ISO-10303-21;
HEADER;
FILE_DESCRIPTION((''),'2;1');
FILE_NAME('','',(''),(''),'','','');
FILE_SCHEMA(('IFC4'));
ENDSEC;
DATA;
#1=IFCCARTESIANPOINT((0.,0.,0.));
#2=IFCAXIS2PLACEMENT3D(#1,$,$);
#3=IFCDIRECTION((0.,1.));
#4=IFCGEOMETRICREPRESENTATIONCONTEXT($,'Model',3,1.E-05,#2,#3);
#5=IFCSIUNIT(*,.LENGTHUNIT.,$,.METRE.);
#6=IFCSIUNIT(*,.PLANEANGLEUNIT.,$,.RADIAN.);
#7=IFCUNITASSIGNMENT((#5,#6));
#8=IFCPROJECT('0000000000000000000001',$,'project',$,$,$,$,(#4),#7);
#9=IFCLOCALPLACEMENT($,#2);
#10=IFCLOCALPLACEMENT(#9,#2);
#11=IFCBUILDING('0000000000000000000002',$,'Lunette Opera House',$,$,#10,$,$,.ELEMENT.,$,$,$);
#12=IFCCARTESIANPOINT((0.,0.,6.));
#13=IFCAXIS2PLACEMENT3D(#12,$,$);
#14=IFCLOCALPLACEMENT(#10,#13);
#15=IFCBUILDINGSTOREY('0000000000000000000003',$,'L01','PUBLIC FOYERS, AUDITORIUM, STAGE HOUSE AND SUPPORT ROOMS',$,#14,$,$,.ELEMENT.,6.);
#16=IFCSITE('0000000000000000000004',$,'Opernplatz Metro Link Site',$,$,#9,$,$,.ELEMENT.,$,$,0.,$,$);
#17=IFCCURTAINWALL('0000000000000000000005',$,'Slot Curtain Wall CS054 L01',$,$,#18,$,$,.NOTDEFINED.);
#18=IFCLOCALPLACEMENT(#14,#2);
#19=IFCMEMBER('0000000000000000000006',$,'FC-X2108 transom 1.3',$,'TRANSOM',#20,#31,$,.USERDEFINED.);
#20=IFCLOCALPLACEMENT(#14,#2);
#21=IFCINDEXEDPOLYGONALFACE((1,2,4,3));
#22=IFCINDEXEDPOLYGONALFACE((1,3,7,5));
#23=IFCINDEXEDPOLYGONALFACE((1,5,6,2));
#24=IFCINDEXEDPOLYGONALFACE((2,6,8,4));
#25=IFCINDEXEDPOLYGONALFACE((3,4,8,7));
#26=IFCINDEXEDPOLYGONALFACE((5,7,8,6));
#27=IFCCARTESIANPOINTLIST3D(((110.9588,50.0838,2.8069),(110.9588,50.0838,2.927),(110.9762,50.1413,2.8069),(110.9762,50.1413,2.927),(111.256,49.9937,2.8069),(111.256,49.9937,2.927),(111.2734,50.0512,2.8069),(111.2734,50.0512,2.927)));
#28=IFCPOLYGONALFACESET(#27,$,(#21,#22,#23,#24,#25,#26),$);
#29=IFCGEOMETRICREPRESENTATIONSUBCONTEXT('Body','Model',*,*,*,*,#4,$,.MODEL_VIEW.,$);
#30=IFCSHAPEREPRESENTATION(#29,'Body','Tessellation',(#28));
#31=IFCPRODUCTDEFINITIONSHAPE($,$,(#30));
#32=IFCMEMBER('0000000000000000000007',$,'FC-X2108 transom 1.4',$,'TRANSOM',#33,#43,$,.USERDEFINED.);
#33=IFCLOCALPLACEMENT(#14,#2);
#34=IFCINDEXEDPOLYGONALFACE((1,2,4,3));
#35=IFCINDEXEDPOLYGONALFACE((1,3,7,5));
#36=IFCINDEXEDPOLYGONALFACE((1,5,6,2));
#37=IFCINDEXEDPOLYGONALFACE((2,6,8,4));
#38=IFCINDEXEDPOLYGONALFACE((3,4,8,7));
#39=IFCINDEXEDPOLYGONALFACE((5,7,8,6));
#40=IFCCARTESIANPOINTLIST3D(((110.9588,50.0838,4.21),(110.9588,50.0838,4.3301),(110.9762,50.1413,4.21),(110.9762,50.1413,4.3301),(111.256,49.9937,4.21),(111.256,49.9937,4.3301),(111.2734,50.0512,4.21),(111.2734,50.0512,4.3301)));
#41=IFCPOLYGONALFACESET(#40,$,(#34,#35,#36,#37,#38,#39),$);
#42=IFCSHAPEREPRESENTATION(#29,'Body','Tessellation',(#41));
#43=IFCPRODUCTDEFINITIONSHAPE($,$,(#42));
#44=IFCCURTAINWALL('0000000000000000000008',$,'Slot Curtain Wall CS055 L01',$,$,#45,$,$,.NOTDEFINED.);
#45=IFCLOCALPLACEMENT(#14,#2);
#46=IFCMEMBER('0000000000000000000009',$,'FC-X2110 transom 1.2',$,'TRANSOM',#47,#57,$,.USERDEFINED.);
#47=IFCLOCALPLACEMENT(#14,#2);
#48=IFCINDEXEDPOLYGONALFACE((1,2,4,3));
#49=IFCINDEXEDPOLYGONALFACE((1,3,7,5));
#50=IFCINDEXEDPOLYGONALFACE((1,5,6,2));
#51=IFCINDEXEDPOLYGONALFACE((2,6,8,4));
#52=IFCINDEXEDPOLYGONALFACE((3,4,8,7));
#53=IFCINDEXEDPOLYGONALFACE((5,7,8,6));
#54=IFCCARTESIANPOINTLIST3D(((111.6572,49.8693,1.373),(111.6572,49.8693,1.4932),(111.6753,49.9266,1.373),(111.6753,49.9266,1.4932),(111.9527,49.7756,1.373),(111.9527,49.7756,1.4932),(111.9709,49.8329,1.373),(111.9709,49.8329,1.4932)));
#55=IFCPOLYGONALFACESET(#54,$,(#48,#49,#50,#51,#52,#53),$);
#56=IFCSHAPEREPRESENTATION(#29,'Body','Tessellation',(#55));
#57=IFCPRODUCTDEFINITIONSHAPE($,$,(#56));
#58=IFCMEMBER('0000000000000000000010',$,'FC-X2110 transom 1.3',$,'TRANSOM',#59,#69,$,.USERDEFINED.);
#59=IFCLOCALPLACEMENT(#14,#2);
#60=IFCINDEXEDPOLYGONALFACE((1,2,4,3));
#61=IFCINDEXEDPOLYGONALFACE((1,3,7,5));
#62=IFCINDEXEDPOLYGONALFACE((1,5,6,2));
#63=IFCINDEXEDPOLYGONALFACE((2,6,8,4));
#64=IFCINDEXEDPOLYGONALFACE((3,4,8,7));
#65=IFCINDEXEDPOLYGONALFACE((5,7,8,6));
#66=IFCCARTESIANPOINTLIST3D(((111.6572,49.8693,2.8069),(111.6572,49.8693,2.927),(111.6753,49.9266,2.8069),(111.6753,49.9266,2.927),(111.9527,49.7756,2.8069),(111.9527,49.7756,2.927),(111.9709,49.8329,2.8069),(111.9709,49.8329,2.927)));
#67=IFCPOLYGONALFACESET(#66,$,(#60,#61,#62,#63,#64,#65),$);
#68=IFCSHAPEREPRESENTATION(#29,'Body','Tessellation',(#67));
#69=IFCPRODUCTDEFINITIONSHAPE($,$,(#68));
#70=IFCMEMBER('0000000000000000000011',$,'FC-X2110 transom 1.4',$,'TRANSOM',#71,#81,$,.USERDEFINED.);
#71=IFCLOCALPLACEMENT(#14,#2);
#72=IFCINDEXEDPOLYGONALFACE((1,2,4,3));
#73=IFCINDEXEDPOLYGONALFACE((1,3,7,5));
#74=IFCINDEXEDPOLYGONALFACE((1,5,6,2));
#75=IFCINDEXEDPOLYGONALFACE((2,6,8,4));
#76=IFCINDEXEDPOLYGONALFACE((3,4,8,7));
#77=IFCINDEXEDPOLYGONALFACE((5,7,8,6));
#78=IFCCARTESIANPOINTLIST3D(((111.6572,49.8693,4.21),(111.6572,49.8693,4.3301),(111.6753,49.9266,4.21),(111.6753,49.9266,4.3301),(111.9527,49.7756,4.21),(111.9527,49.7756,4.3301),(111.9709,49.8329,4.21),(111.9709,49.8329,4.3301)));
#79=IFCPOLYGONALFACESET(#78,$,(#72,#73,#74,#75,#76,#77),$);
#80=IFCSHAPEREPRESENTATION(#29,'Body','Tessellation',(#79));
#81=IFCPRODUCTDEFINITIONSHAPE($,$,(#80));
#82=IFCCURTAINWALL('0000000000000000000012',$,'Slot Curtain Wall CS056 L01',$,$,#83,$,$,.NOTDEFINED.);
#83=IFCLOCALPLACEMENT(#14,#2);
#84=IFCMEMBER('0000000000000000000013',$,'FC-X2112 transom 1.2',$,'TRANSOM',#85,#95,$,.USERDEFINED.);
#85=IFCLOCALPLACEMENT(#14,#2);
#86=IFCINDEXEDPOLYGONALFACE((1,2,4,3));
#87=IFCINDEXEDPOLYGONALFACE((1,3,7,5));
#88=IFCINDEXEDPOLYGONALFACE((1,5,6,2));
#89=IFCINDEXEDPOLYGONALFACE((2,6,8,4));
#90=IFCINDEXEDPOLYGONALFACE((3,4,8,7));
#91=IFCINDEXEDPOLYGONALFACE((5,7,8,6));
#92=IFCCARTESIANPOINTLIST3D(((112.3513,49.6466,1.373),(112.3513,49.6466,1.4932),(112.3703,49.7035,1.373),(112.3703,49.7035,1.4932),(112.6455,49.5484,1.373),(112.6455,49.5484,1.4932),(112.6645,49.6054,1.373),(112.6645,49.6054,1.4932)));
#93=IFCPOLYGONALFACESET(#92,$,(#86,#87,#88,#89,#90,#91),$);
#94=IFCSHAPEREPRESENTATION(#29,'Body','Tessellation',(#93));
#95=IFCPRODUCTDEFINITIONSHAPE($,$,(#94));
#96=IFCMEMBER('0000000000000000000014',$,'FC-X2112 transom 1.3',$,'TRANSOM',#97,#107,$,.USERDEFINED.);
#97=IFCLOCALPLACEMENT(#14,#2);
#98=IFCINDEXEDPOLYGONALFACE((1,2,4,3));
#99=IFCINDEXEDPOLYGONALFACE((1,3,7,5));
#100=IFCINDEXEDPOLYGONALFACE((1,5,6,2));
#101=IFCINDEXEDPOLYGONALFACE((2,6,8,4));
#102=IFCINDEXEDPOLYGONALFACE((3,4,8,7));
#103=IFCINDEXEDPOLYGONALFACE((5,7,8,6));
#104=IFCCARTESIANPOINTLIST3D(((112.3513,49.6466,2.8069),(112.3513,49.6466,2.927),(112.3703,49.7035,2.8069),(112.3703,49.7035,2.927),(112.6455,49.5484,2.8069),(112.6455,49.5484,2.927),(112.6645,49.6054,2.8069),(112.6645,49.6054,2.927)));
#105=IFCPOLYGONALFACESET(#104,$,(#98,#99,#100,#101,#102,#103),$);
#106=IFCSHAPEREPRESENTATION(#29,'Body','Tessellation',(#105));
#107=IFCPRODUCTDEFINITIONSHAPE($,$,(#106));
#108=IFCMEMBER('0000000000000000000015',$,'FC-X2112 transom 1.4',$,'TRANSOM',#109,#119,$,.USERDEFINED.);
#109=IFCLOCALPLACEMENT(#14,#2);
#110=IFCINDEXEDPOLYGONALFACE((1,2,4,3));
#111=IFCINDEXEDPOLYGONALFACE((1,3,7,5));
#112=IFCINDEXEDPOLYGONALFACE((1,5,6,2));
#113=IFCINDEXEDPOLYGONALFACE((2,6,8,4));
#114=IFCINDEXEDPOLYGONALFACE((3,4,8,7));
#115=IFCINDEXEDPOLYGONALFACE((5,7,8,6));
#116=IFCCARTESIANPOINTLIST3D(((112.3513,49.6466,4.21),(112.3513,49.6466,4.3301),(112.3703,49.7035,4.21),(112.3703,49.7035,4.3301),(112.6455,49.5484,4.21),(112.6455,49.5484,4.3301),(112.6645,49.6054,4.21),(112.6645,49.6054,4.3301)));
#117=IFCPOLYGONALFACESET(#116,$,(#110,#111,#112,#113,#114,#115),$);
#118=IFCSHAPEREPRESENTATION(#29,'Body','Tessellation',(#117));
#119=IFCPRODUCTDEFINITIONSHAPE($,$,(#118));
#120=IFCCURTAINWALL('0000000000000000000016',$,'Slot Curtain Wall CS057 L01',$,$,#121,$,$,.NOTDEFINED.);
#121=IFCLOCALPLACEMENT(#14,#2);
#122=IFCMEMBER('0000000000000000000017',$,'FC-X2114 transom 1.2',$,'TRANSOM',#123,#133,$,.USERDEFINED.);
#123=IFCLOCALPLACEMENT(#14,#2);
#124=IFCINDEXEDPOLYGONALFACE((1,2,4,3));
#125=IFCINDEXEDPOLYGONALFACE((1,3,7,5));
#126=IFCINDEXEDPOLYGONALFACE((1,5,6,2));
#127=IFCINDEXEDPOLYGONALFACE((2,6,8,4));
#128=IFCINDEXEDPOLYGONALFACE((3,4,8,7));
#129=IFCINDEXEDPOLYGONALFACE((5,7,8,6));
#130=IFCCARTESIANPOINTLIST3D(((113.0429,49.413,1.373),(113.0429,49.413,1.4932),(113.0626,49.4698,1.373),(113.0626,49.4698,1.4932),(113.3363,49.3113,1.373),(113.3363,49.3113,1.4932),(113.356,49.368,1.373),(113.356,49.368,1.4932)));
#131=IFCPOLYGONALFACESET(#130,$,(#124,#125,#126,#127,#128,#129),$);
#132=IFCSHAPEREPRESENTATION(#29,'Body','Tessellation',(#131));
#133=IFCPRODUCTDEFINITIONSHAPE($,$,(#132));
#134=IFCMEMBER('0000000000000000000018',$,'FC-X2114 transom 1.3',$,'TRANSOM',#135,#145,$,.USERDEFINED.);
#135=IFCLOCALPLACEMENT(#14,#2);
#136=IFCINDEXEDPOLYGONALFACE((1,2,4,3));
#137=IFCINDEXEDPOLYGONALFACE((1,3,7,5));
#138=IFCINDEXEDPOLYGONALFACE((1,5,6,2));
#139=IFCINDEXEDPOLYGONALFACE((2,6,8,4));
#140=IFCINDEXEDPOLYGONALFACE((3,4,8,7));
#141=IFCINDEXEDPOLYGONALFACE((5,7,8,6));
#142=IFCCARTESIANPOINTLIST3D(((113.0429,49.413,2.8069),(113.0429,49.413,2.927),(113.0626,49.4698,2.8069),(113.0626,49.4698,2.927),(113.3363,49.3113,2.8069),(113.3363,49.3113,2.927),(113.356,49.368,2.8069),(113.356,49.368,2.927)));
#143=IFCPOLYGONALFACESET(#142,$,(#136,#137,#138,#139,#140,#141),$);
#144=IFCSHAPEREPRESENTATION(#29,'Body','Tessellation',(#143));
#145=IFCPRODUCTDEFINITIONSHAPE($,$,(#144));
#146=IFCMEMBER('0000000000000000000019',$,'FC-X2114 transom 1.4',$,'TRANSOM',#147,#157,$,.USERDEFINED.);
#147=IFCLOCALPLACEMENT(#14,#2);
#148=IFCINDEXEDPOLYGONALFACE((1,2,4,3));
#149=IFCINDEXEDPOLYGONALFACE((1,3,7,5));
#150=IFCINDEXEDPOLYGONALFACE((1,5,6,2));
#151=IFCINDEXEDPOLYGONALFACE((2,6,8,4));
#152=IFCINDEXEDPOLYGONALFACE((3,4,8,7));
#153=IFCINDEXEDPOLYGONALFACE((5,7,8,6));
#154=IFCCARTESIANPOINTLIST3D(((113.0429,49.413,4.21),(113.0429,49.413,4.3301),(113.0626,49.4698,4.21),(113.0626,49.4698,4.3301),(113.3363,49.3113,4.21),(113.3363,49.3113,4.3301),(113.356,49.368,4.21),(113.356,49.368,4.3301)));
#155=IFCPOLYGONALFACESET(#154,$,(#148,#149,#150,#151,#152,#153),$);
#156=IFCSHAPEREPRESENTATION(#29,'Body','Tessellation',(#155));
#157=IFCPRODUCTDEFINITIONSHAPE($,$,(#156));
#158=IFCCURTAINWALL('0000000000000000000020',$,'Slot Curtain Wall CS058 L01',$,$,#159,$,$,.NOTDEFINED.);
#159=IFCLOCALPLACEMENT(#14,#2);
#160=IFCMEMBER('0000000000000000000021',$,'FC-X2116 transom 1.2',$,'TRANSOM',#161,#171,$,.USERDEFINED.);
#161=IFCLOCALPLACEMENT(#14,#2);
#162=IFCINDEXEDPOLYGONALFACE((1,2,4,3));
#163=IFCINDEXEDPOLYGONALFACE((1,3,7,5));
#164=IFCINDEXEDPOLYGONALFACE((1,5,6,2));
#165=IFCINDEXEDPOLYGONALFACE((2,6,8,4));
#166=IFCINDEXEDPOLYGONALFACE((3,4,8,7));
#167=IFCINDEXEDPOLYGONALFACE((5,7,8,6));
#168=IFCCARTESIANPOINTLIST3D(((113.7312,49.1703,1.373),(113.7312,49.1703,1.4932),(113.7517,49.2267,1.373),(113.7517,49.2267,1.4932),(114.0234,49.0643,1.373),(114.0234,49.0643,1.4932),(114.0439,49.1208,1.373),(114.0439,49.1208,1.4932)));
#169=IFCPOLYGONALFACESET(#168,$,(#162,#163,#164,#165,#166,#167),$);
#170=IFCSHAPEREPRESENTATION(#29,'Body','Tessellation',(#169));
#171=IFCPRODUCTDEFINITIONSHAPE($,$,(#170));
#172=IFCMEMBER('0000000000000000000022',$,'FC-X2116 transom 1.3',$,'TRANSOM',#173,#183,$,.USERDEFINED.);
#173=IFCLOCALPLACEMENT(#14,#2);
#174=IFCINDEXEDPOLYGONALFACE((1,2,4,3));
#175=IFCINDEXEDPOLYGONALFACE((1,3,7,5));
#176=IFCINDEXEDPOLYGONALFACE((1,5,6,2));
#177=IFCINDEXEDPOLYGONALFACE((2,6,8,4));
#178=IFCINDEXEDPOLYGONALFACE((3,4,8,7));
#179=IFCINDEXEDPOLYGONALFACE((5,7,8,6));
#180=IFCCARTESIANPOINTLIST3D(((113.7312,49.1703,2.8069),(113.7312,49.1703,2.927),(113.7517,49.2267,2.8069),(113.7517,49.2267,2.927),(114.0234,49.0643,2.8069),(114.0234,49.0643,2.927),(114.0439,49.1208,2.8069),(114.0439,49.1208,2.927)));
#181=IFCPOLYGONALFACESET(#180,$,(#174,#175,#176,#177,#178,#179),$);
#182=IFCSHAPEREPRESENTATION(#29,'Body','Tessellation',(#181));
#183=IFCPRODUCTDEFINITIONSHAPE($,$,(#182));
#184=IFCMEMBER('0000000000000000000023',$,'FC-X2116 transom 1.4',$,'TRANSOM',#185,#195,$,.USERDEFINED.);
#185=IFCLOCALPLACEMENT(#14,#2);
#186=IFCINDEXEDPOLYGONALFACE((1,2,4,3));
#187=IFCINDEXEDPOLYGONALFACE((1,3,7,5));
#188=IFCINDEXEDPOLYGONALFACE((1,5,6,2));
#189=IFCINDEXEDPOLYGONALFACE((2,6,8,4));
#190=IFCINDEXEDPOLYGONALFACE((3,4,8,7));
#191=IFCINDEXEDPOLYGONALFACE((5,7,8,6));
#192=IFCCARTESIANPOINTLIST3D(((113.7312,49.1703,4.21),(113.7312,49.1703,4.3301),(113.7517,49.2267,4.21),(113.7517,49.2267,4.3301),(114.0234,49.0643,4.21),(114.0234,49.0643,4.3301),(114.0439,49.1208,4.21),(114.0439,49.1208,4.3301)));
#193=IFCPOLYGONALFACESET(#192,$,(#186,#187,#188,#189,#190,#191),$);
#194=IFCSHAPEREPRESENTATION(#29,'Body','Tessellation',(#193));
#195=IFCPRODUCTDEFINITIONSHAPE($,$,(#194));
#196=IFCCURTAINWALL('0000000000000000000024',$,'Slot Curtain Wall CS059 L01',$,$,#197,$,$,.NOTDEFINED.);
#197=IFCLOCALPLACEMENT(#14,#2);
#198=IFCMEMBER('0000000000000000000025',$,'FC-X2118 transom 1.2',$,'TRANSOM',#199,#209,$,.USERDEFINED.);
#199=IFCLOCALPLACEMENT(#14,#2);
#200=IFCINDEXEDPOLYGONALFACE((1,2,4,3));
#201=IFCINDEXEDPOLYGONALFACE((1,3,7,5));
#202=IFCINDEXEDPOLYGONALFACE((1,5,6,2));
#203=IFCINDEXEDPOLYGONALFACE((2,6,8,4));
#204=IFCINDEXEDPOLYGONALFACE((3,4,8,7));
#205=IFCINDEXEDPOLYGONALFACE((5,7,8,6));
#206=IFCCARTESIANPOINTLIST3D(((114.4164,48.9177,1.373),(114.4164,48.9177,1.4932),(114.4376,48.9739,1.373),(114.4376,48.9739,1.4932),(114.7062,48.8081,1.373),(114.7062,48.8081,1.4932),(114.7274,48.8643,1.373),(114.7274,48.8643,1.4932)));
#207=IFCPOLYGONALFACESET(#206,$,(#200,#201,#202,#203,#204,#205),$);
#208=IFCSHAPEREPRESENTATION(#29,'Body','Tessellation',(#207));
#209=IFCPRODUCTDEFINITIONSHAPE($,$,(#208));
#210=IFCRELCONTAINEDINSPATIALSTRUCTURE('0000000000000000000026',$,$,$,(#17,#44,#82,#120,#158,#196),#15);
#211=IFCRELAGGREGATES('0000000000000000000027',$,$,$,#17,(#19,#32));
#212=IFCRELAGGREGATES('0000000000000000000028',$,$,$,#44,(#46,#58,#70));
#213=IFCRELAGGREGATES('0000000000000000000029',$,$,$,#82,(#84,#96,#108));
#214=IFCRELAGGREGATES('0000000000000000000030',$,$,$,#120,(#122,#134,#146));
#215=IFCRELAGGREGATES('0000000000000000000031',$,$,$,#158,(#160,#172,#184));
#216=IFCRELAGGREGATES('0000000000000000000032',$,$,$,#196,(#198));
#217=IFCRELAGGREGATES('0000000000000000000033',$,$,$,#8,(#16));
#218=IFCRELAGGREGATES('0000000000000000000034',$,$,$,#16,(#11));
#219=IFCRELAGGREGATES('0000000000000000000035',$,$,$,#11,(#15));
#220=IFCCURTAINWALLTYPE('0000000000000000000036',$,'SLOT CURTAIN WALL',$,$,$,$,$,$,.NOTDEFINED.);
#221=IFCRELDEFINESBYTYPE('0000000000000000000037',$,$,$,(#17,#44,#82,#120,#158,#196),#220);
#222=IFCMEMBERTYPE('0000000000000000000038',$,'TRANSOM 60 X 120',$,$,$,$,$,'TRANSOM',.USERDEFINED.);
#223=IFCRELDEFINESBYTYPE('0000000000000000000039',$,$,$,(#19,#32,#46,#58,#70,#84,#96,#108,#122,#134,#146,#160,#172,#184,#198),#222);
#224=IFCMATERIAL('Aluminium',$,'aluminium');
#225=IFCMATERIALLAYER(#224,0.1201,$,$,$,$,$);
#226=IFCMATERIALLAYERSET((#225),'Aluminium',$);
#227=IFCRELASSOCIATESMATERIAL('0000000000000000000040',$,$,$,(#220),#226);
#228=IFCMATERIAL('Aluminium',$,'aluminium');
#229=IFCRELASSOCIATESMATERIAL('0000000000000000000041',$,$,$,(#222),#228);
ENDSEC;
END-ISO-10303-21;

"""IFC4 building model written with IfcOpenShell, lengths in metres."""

from ifc_helpers import new_model, si_unit, direction, frame, origin, origin_2d, place, context, subcontext, project, spatial, rectangle, extrude, material, layer, layer_set, material_profile, profile_set, type_object, element, aggregate, save


model = new_model("IFC4")

# Units and contexts
model_context = context("Model", 3, precision=1e-05, world=origin(), true_north=direction((0.0, 1.0)))
body_context = subcontext(model_context, "Body", "Model", "MODEL_VIEW")
ifc_project = project(units=[si_unit("LENGTHUNIT", "METRE"), si_unit("PLANEANGLEUNIT", "RADIAN")], contexts=[model_context])

# Site, building, storey
site_placement = place(None, origin())
site = spatial("IfcSite", under=ifc_project, at=site_placement, Name="Opernplatz Metro Link Site", CompositionType="ELEMENT", RefElevation=0.0)
building_placement = place(site_placement, origin())
building = spatial("IfcBuilding", under=site, at=building_placement, Name="Lunette Opera House", CompositionType="ELEMENT")
storey_placement = place(building_placement, frame((0.0, 0.0, 6.0)))
storey = spatial("IfcBuildingStorey", under=building, at=storey_placement, Name="L01", Description="PUBLIC FOYERS, AUDITORIUM, STAGE HOUSE AND SUPPORT ROOMS", CompositionType="ELEMENT", Elevation=6.0)

# Curtain walls, members
ifc_material_1 = material(Name="Aluminium", Category="aluminium")
ifc_layer_1 = layer(ifc_material_1, 0.1201)
ifc_layer_set_1 = layer_set([ifc_layer_1], Name="Aluminium")
curtain_wall_type = type_object("IfcCurtainWallType", Name="SLOT CURTAIN WALL", PredefinedType="NOTDEFINED", material=ifc_layer_set_1)
curtain_wall_1_placement = place(storey_placement, origin())
curtain_wall_1 = element("IfcCurtainWall", 1, at=curtain_wall_1_placement, inside=storey, type_object=curtain_wall_type, Name="Slot Curtain Wall CS054 L01", PredefinedType="NOTDEFINED")
ifc_material_2 = material(Name="Aluminium", Category="aluminium")
ifc_material_profile = material_profile(ifc_material_2, rectangle(XDim=0.0601, YDim=0.1201, at=origin_2d()), Name="TRANSOM 60 X 120")
ifc_profile_set = profile_set([ifc_material_profile], Name="Aluminium")
member_type = type_object("IfcMemberType", Name="TRANSOM 60 X 120", ElementType="TRANSOM", PredefinedType="USERDEFINED", material=ifc_profile_set)
member_1_placement = place(storey_placement, frame((110.9675, 50.1125, 2.8669), z_axis=(0.956978, -0.29016, 0.0), x_axis=(0.29016, 0.956978, 0.0)))
member_1 = element("IfcMember", 2, at=member_1_placement, type_object=member_type, Name="FC-X2108 transom 1.3", ObjectType="TRANSOM", PredefinedType="USERDEFINED", context=body_context, shape_type="SweptSolid", body=[
    extrude(rectangle(XDim=0.0601, YDim=0.1201, at=origin_2d()), origin(), (0.0, 0.0, 1.0), 0.3105),
])
member_2_placement = place(storey_placement, frame((110.9675, 50.1125, 4.27), z_axis=(0.956978, -0.29016, 0.0), x_axis=(0.29016, 0.956978, 0.0)))
member_2 = element("IfcMember", 3, at=member_2_placement, type_object=member_type, Name="FC-X2108 transom 1.4", ObjectType="TRANSOM", PredefinedType="USERDEFINED", context=body_context, shape_type="SweptSolid", body=[
    extrude(rectangle(XDim=0.0601, YDim=0.1201, at=origin_2d()), origin(), (0.0, 0.0, 1.0), 0.3105),
])
curtain_wall_2_placement = place(storey_placement, origin())
curtain_wall_2 = element("IfcCurtainWall", 4, at=curtain_wall_2_placement, inside=storey, type_object=curtain_wall_type, Name="Slot Curtain Wall CS055 L01", PredefinedType="NOTDEFINED")
member_3_placement = place(storey_placement, frame((111.6663, 49.8979, 1.4331), z_axis=(0.953225, -0.302261, 0.0), x_axis=(0.302261, 0.953225, 0.0)))
member_3 = element("IfcMember", 5, at=member_3_placement, type_object=member_type, Name="FC-X2110 transom 1.2", ObjectType="TRANSOM", PredefinedType="USERDEFINED", context=body_context, shape_type="SweptSolid", body=[
    extrude(rectangle(XDim=0.0601, YDim=0.1201, at=origin_2d()), origin(), (0.0, 0.0, 1.0), 0.3101),
])
member_4_placement = place(storey_placement, frame((111.6663, 49.8979, 2.8669), z_axis=(0.953225, -0.302261, 0.0), x_axis=(0.302261, 0.953225, 0.0)))
member_4 = element("IfcMember", 6, at=member_4_placement, type_object=member_type, Name="FC-X2110 transom 1.3", ObjectType="TRANSOM", PredefinedType="USERDEFINED", context=body_context, shape_type="SweptSolid", body=[
    extrude(rectangle(XDim=0.0601, YDim=0.1201, at=origin_2d()), origin(), (0.0, 0.0, 1.0), 0.3101),
])
member_5_placement = place(storey_placement, frame((111.6663, 49.8979, 4.27), z_axis=(0.953225, -0.302261, 0.0), x_axis=(0.302261, 0.953225, 0.0)))
member_5 = element("IfcMember", 7, at=member_5_placement, type_object=member_type, Name="FC-X2110 transom 1.4", ObjectType="TRANSOM", PredefinedType="USERDEFINED", context=body_context, shape_type="SweptSolid", body=[
    extrude(rectangle(XDim=0.0601, YDim=0.1201, at=origin_2d()), origin(), (0.0, 0.0, 1.0), 0.3101),
])
curtain_wall_3_placement = place(storey_placement, origin())
curtain_wall_3 = element("IfcCurtainWall", 8, at=curtain_wall_3_placement, inside=storey, type_object=curtain_wall_type, Name="Slot Curtain Wall CS056 L01", PredefinedType="NOTDEFINED")
member_6_placement = place(storey_placement, frame((112.3608, 49.675, 1.4331), z_axis=(0.948605, -0.316464, 0.0), x_axis=(0.316464, 0.948605, 0.0)))
member_6 = element("IfcMember", 9, at=member_6_placement, type_object=member_type, Name="FC-X2112 transom 1.2", ObjectType="TRANSOM", PredefinedType="USERDEFINED", context=body_context, shape_type="SweptSolid", body=[
    extrude(rectangle(XDim=0.0601, YDim=0.1201, at=origin_2d()), origin(), (0.0, 0.0, 1.0), 0.3101),
])
member_7_placement = place(storey_placement, frame((112.3608, 49.675, 2.8669), z_axis=(0.948605, -0.316464, 0.0), x_axis=(0.316464, 0.948605, 0.0)))
member_7 = element("IfcMember", 10, at=member_7_placement, type_object=member_type, Name="FC-X2112 transom 1.3", ObjectType="TRANSOM", PredefinedType="USERDEFINED", context=body_context, shape_type="SweptSolid", body=[
    extrude(rectangle(XDim=0.0601, YDim=0.1201, at=origin_2d()), origin(), (0.0, 0.0, 1.0), 0.3101),
])
member_8_placement = place(storey_placement, frame((112.3608, 49.675, 4.27), z_axis=(0.948605, -0.316464, 0.0), x_axis=(0.316464, 0.948605, 0.0)))
member_8 = element("IfcMember", 11, at=member_8_placement, type_object=member_type, Name="FC-X2112 transom 1.4", ObjectType="TRANSOM", PredefinedType="USERDEFINED", context=body_context, shape_type="SweptSolid", body=[
    extrude(rectangle(XDim=0.0601, YDim=0.1201, at=origin_2d()), origin(), (0.0, 0.0, 1.0), 0.3101),
])
curtain_wall_4_placement = place(storey_placement, origin())
curtain_wall_4 = element("IfcCurtainWall", 12, at=curtain_wall_4_placement, inside=storey, type_object=curtain_wall_type, Name="Slot Curtain Wall CS057 L01", PredefinedType="NOTDEFINED")
member_9_placement = place(storey_placement, frame((113.0527, 49.4414, 1.4331), z_axis=(0.944762, -0.327758, 0.0), x_axis=(0.327758, 0.944762, 0.0)))
member_9 = element("IfcMember", 13, at=member_9_placement, type_object=member_type, Name="FC-X2114 transom 1.2", ObjectType="TRANSOM", PredefinedType="USERDEFINED", context=body_context, shape_type="SweptSolid", body=[
    extrude(rectangle(XDim=0.0601, YDim=0.1201, at=origin_2d()), origin(), (0.0, 0.0, 1.0), 0.3105),
])
member_10_placement = place(storey_placement, frame((113.0527, 49.4414, 2.8669), z_axis=(0.944762, -0.327758, 0.0), x_axis=(0.327758, 0.944762, 0.0)))
member_10 = element("IfcMember", 14, at=member_10_placement, type_object=member_type, Name="FC-X2114 transom 1.3", ObjectType="TRANSOM", PredefinedType="USERDEFINED", context=body_context, shape_type="SweptSolid", body=[
    extrude(rectangle(XDim=0.0601, YDim=0.1201, at=origin_2d()), origin(), (0.0, 0.0, 1.0), 0.3105),
])
member_11_placement = place(storey_placement, frame((113.0527, 49.4414, 4.27), z_axis=(0.944762, -0.327758, 0.0), x_axis=(0.327758, 0.944762, 0.0)))
member_11 = element("IfcMember", 15, at=member_11_placement, type_object=member_type, Name="FC-X2114 transom 1.4", ObjectType="TRANSOM", PredefinedType="USERDEFINED", context=body_context, shape_type="SweptSolid", body=[
    extrude(rectangle(XDim=0.0601, YDim=0.1201, at=origin_2d()), origin(), (0.0, 0.0, 1.0), 0.3105),
])
curtain_wall_5_placement = place(storey_placement, origin())
curtain_wall_5 = element("IfcCurtainWall", 16, at=curtain_wall_5_placement, inside=storey, type_object=curtain_wall_type, Name="Slot Curtain Wall CS058 L01", PredefinedType="NOTDEFINED")
member_12_placement = place(storey_placement, frame((113.7415, 49.1985, 1.4331), z_axis=(0.940114, -0.34086, 0.0), x_axis=(0.34086, 0.940114, 0.0)))
member_12 = element("IfcMember", 17, at=member_12_placement, type_object=member_type, Name="FC-X2116 transom 1.2", ObjectType="TRANSOM", PredefinedType="USERDEFINED", context=body_context, shape_type="SweptSolid", body=[
    extrude(rectangle(XDim=0.0601, YDim=0.1201, at=origin_2d()), origin(), (0.0, 0.0, 1.0), 0.3108),
])
member_13_placement = place(storey_placement, frame((113.7415, 49.1985, 2.8669), z_axis=(0.940114, -0.34086, 0.0), x_axis=(0.34086, 0.940114, 0.0)))
member_13 = element("IfcMember", 18, at=member_13_placement, type_object=member_type, Name="FC-X2116 transom 1.3", ObjectType="TRANSOM", PredefinedType="USERDEFINED", context=body_context, shape_type="SweptSolid", body=[
    extrude(rectangle(XDim=0.0601, YDim=0.1201, at=origin_2d()), origin(), (0.0, 0.0, 1.0), 0.3108),
])
member_14_placement = place(storey_placement, frame((113.7415, 49.1985, 4.27), z_axis=(0.940114, -0.34086, 0.0), x_axis=(0.34086, 0.940114, 0.0)))
member_14 = element("IfcMember", 19, at=member_14_placement, type_object=member_type, Name="FC-X2116 transom 1.4", ObjectType="TRANSOM", PredefinedType="USERDEFINED", context=body_context, shape_type="SweptSolid", body=[
    extrude(rectangle(XDim=0.0601, YDim=0.1201, at=origin_2d()), origin(), (0.0, 0.0, 1.0), 0.3108),
])
curtain_wall_6_placement = place(storey_placement, origin())
curtain_wall_6 = element("IfcCurtainWall", 20, at=curtain_wall_6_placement, inside=storey, type_object=curtain_wall_type, Name="Slot Curtain Wall CS059 L01", PredefinedType="NOTDEFINED")
member_15_placement = place(storey_placement, frame((114.427, 48.9458, 1.4331), z_axis=(0.935321, -0.353799, 0.0), x_axis=(0.353799, 0.935321, 0.0)))
member_15 = element("IfcMember", 21, at=member_15_placement, type_object=member_type, Name="FC-X2118 transom 1.2", ObjectType="TRANSOM", PredefinedType="USERDEFINED", context=body_context, shape_type="SweptSolid", body=[
    extrude(rectangle(XDim=0.0601, YDim=0.1201, at=origin_2d()), origin(), (0.0, 0.0, 1.0), 0.3098),
])

aggregate(curtain_wall_1, [member_1, member_2])
aggregate(curtain_wall_2, [member_3, member_4, member_5])
aggregate(curtain_wall_3, [member_6, member_7, member_8])
aggregate(curtain_wall_4, [member_9, member_10, member_11])
aggregate(curtain_wall_5, [member_12, member_13, member_14])
aggregate(curtain_wall_6, [member_15])

save(model, "model.ifc")
